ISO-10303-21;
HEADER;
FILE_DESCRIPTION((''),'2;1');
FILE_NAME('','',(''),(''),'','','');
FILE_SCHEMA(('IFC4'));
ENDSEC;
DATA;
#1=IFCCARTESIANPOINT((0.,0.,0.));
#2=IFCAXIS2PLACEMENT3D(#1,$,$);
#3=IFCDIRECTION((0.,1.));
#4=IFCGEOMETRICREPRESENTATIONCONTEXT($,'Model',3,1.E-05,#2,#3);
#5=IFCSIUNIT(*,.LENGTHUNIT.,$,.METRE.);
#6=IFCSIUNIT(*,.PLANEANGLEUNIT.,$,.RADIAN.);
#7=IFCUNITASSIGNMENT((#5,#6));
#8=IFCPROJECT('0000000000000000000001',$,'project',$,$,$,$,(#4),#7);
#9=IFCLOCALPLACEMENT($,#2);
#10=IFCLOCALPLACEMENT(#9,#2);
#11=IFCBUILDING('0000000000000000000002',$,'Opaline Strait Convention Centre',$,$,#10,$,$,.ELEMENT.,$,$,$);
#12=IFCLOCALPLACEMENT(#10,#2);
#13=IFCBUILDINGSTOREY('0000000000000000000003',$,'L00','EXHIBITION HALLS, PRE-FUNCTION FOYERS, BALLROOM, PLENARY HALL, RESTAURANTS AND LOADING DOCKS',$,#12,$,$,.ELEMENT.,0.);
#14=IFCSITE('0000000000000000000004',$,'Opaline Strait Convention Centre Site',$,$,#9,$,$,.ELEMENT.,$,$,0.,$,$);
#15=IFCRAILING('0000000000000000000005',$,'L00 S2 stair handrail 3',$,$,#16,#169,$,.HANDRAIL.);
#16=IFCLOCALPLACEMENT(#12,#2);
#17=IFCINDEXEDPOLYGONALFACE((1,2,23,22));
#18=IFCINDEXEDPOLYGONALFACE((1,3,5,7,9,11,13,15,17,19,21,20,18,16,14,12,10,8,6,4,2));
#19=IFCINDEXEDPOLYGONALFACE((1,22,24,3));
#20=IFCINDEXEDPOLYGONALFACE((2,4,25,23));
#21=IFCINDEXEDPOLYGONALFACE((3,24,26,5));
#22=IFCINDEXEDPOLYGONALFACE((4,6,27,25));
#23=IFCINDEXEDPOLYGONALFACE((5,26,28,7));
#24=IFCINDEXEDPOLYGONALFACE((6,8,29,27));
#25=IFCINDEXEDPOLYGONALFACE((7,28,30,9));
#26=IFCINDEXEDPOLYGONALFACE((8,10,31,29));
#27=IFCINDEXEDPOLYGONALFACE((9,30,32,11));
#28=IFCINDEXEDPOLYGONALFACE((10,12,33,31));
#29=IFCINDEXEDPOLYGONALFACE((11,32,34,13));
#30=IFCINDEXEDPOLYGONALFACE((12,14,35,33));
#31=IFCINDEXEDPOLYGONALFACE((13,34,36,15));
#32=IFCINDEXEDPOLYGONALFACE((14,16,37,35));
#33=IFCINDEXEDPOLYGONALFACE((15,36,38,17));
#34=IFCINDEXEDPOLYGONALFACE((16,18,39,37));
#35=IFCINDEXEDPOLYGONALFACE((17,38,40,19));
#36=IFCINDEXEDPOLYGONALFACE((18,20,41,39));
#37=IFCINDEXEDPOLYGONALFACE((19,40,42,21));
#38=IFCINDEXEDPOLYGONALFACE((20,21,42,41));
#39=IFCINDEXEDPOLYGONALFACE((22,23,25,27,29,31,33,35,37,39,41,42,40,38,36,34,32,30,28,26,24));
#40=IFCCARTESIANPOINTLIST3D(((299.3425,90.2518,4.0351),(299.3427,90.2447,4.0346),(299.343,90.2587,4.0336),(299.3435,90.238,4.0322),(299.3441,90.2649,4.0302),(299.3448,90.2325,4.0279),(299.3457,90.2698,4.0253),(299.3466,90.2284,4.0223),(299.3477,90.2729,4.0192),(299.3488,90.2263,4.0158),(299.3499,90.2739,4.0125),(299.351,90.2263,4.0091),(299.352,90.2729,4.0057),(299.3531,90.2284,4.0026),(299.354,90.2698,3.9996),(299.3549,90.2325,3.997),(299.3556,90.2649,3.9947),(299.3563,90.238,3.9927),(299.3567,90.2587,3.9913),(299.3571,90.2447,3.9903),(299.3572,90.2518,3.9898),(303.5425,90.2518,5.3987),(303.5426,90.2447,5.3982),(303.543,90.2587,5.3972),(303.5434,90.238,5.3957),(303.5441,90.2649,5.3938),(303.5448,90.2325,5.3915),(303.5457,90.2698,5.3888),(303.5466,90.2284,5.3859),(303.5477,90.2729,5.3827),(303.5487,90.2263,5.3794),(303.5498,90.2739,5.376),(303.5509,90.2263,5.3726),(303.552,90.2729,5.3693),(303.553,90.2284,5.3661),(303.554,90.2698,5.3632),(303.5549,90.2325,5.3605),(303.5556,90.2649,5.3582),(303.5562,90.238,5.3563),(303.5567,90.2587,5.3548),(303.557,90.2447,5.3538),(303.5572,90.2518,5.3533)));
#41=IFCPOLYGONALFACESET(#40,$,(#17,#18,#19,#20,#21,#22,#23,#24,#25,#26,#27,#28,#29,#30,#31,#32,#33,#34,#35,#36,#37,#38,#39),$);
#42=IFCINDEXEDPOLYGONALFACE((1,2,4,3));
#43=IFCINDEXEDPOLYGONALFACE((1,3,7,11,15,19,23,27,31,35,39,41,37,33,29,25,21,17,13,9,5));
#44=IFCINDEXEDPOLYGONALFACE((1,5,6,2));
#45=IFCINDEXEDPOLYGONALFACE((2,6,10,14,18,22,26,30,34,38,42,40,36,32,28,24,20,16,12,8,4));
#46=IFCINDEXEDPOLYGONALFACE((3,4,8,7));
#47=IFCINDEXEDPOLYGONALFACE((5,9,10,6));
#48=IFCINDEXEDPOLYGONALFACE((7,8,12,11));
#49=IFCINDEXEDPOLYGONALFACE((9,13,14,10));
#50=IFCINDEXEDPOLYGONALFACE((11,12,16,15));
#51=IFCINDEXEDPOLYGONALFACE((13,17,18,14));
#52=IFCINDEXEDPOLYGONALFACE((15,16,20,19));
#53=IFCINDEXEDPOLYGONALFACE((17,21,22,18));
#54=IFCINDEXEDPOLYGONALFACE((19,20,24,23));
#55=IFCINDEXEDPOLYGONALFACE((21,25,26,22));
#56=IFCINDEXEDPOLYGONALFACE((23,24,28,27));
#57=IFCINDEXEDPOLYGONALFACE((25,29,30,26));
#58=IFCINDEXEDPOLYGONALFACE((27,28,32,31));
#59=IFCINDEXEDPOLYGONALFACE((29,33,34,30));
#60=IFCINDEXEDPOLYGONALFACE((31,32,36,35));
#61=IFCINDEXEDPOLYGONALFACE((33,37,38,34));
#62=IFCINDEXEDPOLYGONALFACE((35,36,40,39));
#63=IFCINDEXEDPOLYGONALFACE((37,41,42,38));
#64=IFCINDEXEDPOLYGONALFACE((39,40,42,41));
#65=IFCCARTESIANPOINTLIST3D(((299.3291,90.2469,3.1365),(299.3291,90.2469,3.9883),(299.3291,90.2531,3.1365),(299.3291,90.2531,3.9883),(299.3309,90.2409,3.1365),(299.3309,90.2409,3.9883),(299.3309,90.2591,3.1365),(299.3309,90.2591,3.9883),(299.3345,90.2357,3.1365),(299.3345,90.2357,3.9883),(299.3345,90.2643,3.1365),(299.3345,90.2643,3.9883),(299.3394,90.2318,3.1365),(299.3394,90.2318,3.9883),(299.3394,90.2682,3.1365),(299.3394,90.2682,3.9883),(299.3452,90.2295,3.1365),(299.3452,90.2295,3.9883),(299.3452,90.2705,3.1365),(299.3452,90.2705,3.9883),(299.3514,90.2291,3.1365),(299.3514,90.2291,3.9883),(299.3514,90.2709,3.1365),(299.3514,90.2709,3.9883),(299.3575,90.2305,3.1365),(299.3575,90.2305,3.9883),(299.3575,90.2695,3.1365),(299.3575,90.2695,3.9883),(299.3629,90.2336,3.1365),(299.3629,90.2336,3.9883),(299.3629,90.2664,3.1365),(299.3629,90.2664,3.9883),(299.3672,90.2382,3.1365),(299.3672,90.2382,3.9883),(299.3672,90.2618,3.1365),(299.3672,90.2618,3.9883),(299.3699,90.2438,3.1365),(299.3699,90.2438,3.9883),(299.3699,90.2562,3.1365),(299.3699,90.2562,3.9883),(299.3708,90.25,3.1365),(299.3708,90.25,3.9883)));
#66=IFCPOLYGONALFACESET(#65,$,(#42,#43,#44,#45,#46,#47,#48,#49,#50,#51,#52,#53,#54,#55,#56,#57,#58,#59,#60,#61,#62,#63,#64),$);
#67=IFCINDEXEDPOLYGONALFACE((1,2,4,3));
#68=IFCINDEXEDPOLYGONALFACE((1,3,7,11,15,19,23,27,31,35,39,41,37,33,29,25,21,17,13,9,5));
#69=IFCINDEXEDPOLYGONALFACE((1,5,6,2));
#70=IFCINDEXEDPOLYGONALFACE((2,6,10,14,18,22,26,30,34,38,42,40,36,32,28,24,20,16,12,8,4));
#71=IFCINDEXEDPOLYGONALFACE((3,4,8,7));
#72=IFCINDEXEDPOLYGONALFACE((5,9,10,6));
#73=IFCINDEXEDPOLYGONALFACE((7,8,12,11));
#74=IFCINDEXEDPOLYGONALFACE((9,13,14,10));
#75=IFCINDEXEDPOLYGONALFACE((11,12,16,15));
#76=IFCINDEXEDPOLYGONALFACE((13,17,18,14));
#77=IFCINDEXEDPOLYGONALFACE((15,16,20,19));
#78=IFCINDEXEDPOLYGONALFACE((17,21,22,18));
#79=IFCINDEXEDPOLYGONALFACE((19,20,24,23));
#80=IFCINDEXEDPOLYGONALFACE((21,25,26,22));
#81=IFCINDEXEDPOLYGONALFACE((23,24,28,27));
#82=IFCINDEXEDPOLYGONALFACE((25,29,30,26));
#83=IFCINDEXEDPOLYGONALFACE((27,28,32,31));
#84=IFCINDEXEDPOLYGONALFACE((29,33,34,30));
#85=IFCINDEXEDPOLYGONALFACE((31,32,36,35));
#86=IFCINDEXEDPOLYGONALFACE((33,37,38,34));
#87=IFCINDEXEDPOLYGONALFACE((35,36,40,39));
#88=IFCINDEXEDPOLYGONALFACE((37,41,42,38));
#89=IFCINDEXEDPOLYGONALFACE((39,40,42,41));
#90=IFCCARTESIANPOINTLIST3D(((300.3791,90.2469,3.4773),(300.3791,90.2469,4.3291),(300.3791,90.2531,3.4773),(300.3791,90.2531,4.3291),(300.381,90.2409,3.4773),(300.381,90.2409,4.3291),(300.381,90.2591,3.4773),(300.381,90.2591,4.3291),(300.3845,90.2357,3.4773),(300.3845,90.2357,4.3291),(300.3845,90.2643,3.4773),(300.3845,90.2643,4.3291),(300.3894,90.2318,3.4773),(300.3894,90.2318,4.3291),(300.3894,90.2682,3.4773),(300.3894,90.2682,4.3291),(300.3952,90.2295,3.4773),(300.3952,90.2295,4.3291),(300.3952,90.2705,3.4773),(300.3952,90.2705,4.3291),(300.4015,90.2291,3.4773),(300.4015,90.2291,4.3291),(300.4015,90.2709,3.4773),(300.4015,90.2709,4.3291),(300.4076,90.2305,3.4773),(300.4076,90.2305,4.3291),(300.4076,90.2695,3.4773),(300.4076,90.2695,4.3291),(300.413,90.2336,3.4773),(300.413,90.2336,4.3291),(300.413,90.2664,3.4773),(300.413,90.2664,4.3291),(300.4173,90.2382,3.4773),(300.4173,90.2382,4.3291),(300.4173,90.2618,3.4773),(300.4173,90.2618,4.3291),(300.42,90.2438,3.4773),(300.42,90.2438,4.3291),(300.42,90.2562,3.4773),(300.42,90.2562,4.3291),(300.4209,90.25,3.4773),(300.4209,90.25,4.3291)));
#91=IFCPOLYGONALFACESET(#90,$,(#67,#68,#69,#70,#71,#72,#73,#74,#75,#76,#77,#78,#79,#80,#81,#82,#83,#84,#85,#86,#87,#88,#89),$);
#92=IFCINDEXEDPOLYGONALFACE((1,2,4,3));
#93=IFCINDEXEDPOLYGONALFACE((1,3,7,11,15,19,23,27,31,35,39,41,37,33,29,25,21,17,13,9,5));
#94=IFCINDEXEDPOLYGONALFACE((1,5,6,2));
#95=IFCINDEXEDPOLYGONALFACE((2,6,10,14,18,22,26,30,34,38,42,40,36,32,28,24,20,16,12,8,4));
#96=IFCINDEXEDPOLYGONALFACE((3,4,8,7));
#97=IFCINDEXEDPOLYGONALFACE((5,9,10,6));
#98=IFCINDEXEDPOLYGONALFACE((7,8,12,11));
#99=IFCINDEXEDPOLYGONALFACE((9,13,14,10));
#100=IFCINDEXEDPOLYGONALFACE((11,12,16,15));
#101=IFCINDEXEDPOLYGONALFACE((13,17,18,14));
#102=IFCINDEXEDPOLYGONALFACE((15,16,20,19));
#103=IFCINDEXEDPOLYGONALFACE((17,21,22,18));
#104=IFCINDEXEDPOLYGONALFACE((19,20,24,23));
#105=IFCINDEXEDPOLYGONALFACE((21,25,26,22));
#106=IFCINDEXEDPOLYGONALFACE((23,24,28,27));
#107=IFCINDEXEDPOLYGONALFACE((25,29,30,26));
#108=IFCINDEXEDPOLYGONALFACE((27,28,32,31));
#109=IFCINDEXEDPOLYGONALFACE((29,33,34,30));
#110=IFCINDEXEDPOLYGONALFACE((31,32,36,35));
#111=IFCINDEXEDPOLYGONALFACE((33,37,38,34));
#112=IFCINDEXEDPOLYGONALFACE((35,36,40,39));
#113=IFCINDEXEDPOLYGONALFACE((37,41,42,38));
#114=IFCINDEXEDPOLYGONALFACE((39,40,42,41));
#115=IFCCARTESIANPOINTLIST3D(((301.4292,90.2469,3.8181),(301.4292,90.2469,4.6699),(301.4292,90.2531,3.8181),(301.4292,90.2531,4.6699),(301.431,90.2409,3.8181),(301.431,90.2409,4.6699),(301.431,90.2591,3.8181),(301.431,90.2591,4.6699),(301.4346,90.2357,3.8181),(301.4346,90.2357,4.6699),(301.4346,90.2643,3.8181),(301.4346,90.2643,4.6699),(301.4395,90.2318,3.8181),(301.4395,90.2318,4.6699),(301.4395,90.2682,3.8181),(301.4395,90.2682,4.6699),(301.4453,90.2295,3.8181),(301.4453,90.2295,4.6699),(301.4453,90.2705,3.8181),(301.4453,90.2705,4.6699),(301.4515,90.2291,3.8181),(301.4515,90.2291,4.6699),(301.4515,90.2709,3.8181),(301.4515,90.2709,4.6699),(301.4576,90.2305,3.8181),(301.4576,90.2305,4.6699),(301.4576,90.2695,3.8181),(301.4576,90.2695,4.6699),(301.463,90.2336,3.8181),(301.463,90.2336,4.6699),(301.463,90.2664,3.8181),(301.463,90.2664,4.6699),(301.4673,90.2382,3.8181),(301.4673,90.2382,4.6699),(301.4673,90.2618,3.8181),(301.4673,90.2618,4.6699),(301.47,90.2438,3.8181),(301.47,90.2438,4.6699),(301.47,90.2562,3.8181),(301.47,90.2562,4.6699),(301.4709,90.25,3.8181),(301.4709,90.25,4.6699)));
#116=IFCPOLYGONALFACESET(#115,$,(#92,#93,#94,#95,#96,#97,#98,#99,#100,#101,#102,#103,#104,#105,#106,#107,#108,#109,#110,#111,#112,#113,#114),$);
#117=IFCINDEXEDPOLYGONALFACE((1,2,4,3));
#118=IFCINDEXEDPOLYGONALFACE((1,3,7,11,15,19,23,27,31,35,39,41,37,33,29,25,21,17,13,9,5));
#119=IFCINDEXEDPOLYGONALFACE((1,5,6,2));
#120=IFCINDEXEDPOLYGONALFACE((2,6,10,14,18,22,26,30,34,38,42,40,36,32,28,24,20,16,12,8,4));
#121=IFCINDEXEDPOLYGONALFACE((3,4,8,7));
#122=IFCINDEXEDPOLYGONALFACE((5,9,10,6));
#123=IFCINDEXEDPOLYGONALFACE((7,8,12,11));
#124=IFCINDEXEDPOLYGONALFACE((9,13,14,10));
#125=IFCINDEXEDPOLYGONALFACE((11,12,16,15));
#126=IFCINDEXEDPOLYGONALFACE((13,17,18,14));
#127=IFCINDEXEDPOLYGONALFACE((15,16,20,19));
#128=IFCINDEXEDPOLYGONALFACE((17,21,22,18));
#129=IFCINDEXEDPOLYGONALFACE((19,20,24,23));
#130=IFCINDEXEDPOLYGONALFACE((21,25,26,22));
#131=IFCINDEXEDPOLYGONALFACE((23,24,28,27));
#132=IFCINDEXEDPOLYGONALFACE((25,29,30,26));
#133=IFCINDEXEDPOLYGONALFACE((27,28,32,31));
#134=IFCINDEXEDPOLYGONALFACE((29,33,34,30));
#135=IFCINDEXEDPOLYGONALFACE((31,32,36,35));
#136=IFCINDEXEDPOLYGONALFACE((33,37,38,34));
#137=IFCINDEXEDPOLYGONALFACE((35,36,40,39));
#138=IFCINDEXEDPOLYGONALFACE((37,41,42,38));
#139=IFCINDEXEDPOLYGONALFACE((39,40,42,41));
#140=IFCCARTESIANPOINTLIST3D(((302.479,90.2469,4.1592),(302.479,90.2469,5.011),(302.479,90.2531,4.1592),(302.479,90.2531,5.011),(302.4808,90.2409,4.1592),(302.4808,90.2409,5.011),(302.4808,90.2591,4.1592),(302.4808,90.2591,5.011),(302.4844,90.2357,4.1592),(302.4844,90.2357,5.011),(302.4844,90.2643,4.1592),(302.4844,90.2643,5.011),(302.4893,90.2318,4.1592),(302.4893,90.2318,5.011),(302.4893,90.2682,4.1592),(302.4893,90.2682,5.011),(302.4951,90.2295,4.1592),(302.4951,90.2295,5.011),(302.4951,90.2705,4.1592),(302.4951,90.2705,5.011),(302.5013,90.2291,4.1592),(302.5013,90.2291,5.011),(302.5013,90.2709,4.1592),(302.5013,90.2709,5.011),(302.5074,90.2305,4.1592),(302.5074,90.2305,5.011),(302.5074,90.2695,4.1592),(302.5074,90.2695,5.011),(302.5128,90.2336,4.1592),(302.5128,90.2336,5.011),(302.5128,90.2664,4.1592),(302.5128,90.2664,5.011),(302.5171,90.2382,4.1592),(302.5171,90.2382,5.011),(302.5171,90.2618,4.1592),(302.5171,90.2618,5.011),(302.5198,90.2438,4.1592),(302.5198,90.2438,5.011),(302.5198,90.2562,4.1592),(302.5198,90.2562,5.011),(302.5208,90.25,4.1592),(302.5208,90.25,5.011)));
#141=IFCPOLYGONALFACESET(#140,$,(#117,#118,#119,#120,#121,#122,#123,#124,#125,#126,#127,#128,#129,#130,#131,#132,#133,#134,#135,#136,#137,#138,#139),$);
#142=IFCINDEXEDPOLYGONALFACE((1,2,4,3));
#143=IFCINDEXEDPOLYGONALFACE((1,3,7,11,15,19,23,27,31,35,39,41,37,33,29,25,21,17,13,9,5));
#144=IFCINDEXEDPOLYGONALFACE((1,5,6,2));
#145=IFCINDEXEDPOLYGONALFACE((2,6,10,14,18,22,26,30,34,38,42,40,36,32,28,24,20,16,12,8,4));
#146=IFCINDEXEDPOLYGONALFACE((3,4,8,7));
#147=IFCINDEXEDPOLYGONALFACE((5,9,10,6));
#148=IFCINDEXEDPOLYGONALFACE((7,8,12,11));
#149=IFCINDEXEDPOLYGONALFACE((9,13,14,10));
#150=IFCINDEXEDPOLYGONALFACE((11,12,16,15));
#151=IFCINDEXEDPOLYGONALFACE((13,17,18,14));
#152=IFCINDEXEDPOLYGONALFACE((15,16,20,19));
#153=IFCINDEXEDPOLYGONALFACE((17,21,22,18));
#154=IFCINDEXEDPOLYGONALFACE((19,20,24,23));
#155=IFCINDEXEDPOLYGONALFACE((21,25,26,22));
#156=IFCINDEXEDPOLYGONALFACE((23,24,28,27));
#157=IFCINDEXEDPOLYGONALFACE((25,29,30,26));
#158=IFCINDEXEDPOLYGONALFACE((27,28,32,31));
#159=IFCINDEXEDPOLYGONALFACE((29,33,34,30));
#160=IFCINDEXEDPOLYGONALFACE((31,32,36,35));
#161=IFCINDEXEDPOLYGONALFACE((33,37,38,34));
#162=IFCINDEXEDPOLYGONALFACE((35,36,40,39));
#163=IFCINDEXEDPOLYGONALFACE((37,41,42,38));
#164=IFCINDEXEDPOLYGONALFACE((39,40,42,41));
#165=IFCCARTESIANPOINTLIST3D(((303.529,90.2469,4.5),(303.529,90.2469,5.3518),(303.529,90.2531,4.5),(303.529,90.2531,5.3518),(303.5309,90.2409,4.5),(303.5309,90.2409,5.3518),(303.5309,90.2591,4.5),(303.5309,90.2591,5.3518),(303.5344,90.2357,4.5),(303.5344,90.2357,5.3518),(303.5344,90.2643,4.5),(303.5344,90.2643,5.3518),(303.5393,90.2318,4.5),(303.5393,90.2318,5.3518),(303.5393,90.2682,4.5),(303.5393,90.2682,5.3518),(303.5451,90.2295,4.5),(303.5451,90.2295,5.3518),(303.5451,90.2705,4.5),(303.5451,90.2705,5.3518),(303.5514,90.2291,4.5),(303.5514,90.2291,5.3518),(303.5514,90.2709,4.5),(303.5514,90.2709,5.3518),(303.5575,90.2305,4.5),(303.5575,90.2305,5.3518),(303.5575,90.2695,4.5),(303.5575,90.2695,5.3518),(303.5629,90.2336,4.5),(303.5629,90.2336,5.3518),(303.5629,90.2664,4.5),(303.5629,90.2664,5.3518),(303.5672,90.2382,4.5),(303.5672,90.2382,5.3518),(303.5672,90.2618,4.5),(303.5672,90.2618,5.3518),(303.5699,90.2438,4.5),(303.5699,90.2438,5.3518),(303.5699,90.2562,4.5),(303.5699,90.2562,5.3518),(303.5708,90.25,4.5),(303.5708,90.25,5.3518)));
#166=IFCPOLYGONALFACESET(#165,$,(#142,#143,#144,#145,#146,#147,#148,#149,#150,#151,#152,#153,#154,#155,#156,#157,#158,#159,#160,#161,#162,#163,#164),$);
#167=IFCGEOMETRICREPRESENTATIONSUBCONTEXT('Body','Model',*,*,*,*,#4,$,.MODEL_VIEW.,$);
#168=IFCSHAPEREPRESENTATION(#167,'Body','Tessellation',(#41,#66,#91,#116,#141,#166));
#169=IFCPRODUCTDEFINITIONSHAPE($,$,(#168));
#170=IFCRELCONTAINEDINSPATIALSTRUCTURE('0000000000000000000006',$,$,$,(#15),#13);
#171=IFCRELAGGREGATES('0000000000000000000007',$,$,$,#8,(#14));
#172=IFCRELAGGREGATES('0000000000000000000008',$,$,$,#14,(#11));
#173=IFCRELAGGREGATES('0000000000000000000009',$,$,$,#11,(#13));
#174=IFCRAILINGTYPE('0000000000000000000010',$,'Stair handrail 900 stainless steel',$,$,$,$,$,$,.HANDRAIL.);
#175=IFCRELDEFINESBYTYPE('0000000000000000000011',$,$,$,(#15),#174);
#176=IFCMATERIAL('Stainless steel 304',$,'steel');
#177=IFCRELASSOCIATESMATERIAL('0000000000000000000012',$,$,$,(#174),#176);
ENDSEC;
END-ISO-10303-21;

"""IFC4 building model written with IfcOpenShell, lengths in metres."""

from ifc_helpers import new_model, si_unit, direction, frame, origin, origin_2d, place, context, subcontext, project, spatial, circle, extrude, material, type_object, element, save


model = new_model("IFC4")

# Units and contexts
model_context = context("Model", 3, precision=1e-05, world=origin(), true_north=direction((0.0, 1.0)))
body_context = subcontext(model_context, "Body", "Model", "MODEL_VIEW")
ifc_project = project(units=[si_unit("LENGTHUNIT", "METRE"), si_unit("PLANEANGLEUNIT", "RADIAN")], contexts=[model_context])

# Site, building, storey
site_placement = place(None, origin())
site = spatial("IfcSite", under=ifc_project, at=site_placement, Name="Opaline Strait Convention Centre Site", CompositionType="ELEMENT", RefElevation=0.0)
building_placement = place(site_placement, origin())
building = spatial("IfcBuilding", under=site, at=building_placement, Name="Opaline Strait Convention Centre", CompositionType="ELEMENT")
storey_placement = place(building_placement, origin())
storey = spatial("IfcBuildingStorey", under=building, at=storey_placement, Name="L00", Description="EXHIBITION HALLS, PRE-FUNCTION FOYERS, BALLROOM, PLENARY HALL, RESTAURANTS AND LOADING DOCKS", CompositionType="ELEMENT", Elevation=0.0)

# Railing
ifc_material_1 = material(Name="Stainless steel 304", Category="steel")
railing_type_1 = type_object("IfcRailingType", Name="Stair handrail 900 stainless steel", PredefinedType="HANDRAIL", material=ifc_material_1)
railing_1_placement = place(storey_placement, frame((299.3499, 90.25, 3.1365)))
element("IfcRailing", 1, at=railing_1_placement, inside=storey, type_object=railing_type_1, Name="L00 S2 stair handrail 3", PredefinedType="HANDRAIL", context=body_context, shape_type="SweptSolid", body=[
    extrude(circle(Radius=0.0239, at=origin_2d()), frame((0.0, 0.0, 0.876), z_axis=(0.951131, 0.0, 0.308787), x_axis=(0.0, 1.0, 0.0)), (0.0, 0.0, 1.0), 4.4158),
    extrude(circle(Radius=0.021, at=origin_2d()), origin(), (0.0, 0.0, 1.0), 0.8518),
    extrude(circle(Radius=0.021, at=origin_2d()), frame((1.05, 0.0, 0.3408)), (0.0, 0.0, 1.0), 0.8518),
    extrude(circle(Radius=0.021, at=origin_2d()), frame((2.1001, 0.0, 0.6816)), (0.0, 0.0, 1.0), 0.8518),
    extrude(circle(Radius=0.021, at=origin_2d()), frame((3.1499, 0.0, 1.0227)), (0.0, 0.0, 1.0), 0.8518),
    extrude(circle(Radius=0.021, at=origin_2d()), frame((4.2, 0.0, 1.3635)), (0.0, 0.0, 1.0), 0.8518),
])

save(model, "model.ifc")
